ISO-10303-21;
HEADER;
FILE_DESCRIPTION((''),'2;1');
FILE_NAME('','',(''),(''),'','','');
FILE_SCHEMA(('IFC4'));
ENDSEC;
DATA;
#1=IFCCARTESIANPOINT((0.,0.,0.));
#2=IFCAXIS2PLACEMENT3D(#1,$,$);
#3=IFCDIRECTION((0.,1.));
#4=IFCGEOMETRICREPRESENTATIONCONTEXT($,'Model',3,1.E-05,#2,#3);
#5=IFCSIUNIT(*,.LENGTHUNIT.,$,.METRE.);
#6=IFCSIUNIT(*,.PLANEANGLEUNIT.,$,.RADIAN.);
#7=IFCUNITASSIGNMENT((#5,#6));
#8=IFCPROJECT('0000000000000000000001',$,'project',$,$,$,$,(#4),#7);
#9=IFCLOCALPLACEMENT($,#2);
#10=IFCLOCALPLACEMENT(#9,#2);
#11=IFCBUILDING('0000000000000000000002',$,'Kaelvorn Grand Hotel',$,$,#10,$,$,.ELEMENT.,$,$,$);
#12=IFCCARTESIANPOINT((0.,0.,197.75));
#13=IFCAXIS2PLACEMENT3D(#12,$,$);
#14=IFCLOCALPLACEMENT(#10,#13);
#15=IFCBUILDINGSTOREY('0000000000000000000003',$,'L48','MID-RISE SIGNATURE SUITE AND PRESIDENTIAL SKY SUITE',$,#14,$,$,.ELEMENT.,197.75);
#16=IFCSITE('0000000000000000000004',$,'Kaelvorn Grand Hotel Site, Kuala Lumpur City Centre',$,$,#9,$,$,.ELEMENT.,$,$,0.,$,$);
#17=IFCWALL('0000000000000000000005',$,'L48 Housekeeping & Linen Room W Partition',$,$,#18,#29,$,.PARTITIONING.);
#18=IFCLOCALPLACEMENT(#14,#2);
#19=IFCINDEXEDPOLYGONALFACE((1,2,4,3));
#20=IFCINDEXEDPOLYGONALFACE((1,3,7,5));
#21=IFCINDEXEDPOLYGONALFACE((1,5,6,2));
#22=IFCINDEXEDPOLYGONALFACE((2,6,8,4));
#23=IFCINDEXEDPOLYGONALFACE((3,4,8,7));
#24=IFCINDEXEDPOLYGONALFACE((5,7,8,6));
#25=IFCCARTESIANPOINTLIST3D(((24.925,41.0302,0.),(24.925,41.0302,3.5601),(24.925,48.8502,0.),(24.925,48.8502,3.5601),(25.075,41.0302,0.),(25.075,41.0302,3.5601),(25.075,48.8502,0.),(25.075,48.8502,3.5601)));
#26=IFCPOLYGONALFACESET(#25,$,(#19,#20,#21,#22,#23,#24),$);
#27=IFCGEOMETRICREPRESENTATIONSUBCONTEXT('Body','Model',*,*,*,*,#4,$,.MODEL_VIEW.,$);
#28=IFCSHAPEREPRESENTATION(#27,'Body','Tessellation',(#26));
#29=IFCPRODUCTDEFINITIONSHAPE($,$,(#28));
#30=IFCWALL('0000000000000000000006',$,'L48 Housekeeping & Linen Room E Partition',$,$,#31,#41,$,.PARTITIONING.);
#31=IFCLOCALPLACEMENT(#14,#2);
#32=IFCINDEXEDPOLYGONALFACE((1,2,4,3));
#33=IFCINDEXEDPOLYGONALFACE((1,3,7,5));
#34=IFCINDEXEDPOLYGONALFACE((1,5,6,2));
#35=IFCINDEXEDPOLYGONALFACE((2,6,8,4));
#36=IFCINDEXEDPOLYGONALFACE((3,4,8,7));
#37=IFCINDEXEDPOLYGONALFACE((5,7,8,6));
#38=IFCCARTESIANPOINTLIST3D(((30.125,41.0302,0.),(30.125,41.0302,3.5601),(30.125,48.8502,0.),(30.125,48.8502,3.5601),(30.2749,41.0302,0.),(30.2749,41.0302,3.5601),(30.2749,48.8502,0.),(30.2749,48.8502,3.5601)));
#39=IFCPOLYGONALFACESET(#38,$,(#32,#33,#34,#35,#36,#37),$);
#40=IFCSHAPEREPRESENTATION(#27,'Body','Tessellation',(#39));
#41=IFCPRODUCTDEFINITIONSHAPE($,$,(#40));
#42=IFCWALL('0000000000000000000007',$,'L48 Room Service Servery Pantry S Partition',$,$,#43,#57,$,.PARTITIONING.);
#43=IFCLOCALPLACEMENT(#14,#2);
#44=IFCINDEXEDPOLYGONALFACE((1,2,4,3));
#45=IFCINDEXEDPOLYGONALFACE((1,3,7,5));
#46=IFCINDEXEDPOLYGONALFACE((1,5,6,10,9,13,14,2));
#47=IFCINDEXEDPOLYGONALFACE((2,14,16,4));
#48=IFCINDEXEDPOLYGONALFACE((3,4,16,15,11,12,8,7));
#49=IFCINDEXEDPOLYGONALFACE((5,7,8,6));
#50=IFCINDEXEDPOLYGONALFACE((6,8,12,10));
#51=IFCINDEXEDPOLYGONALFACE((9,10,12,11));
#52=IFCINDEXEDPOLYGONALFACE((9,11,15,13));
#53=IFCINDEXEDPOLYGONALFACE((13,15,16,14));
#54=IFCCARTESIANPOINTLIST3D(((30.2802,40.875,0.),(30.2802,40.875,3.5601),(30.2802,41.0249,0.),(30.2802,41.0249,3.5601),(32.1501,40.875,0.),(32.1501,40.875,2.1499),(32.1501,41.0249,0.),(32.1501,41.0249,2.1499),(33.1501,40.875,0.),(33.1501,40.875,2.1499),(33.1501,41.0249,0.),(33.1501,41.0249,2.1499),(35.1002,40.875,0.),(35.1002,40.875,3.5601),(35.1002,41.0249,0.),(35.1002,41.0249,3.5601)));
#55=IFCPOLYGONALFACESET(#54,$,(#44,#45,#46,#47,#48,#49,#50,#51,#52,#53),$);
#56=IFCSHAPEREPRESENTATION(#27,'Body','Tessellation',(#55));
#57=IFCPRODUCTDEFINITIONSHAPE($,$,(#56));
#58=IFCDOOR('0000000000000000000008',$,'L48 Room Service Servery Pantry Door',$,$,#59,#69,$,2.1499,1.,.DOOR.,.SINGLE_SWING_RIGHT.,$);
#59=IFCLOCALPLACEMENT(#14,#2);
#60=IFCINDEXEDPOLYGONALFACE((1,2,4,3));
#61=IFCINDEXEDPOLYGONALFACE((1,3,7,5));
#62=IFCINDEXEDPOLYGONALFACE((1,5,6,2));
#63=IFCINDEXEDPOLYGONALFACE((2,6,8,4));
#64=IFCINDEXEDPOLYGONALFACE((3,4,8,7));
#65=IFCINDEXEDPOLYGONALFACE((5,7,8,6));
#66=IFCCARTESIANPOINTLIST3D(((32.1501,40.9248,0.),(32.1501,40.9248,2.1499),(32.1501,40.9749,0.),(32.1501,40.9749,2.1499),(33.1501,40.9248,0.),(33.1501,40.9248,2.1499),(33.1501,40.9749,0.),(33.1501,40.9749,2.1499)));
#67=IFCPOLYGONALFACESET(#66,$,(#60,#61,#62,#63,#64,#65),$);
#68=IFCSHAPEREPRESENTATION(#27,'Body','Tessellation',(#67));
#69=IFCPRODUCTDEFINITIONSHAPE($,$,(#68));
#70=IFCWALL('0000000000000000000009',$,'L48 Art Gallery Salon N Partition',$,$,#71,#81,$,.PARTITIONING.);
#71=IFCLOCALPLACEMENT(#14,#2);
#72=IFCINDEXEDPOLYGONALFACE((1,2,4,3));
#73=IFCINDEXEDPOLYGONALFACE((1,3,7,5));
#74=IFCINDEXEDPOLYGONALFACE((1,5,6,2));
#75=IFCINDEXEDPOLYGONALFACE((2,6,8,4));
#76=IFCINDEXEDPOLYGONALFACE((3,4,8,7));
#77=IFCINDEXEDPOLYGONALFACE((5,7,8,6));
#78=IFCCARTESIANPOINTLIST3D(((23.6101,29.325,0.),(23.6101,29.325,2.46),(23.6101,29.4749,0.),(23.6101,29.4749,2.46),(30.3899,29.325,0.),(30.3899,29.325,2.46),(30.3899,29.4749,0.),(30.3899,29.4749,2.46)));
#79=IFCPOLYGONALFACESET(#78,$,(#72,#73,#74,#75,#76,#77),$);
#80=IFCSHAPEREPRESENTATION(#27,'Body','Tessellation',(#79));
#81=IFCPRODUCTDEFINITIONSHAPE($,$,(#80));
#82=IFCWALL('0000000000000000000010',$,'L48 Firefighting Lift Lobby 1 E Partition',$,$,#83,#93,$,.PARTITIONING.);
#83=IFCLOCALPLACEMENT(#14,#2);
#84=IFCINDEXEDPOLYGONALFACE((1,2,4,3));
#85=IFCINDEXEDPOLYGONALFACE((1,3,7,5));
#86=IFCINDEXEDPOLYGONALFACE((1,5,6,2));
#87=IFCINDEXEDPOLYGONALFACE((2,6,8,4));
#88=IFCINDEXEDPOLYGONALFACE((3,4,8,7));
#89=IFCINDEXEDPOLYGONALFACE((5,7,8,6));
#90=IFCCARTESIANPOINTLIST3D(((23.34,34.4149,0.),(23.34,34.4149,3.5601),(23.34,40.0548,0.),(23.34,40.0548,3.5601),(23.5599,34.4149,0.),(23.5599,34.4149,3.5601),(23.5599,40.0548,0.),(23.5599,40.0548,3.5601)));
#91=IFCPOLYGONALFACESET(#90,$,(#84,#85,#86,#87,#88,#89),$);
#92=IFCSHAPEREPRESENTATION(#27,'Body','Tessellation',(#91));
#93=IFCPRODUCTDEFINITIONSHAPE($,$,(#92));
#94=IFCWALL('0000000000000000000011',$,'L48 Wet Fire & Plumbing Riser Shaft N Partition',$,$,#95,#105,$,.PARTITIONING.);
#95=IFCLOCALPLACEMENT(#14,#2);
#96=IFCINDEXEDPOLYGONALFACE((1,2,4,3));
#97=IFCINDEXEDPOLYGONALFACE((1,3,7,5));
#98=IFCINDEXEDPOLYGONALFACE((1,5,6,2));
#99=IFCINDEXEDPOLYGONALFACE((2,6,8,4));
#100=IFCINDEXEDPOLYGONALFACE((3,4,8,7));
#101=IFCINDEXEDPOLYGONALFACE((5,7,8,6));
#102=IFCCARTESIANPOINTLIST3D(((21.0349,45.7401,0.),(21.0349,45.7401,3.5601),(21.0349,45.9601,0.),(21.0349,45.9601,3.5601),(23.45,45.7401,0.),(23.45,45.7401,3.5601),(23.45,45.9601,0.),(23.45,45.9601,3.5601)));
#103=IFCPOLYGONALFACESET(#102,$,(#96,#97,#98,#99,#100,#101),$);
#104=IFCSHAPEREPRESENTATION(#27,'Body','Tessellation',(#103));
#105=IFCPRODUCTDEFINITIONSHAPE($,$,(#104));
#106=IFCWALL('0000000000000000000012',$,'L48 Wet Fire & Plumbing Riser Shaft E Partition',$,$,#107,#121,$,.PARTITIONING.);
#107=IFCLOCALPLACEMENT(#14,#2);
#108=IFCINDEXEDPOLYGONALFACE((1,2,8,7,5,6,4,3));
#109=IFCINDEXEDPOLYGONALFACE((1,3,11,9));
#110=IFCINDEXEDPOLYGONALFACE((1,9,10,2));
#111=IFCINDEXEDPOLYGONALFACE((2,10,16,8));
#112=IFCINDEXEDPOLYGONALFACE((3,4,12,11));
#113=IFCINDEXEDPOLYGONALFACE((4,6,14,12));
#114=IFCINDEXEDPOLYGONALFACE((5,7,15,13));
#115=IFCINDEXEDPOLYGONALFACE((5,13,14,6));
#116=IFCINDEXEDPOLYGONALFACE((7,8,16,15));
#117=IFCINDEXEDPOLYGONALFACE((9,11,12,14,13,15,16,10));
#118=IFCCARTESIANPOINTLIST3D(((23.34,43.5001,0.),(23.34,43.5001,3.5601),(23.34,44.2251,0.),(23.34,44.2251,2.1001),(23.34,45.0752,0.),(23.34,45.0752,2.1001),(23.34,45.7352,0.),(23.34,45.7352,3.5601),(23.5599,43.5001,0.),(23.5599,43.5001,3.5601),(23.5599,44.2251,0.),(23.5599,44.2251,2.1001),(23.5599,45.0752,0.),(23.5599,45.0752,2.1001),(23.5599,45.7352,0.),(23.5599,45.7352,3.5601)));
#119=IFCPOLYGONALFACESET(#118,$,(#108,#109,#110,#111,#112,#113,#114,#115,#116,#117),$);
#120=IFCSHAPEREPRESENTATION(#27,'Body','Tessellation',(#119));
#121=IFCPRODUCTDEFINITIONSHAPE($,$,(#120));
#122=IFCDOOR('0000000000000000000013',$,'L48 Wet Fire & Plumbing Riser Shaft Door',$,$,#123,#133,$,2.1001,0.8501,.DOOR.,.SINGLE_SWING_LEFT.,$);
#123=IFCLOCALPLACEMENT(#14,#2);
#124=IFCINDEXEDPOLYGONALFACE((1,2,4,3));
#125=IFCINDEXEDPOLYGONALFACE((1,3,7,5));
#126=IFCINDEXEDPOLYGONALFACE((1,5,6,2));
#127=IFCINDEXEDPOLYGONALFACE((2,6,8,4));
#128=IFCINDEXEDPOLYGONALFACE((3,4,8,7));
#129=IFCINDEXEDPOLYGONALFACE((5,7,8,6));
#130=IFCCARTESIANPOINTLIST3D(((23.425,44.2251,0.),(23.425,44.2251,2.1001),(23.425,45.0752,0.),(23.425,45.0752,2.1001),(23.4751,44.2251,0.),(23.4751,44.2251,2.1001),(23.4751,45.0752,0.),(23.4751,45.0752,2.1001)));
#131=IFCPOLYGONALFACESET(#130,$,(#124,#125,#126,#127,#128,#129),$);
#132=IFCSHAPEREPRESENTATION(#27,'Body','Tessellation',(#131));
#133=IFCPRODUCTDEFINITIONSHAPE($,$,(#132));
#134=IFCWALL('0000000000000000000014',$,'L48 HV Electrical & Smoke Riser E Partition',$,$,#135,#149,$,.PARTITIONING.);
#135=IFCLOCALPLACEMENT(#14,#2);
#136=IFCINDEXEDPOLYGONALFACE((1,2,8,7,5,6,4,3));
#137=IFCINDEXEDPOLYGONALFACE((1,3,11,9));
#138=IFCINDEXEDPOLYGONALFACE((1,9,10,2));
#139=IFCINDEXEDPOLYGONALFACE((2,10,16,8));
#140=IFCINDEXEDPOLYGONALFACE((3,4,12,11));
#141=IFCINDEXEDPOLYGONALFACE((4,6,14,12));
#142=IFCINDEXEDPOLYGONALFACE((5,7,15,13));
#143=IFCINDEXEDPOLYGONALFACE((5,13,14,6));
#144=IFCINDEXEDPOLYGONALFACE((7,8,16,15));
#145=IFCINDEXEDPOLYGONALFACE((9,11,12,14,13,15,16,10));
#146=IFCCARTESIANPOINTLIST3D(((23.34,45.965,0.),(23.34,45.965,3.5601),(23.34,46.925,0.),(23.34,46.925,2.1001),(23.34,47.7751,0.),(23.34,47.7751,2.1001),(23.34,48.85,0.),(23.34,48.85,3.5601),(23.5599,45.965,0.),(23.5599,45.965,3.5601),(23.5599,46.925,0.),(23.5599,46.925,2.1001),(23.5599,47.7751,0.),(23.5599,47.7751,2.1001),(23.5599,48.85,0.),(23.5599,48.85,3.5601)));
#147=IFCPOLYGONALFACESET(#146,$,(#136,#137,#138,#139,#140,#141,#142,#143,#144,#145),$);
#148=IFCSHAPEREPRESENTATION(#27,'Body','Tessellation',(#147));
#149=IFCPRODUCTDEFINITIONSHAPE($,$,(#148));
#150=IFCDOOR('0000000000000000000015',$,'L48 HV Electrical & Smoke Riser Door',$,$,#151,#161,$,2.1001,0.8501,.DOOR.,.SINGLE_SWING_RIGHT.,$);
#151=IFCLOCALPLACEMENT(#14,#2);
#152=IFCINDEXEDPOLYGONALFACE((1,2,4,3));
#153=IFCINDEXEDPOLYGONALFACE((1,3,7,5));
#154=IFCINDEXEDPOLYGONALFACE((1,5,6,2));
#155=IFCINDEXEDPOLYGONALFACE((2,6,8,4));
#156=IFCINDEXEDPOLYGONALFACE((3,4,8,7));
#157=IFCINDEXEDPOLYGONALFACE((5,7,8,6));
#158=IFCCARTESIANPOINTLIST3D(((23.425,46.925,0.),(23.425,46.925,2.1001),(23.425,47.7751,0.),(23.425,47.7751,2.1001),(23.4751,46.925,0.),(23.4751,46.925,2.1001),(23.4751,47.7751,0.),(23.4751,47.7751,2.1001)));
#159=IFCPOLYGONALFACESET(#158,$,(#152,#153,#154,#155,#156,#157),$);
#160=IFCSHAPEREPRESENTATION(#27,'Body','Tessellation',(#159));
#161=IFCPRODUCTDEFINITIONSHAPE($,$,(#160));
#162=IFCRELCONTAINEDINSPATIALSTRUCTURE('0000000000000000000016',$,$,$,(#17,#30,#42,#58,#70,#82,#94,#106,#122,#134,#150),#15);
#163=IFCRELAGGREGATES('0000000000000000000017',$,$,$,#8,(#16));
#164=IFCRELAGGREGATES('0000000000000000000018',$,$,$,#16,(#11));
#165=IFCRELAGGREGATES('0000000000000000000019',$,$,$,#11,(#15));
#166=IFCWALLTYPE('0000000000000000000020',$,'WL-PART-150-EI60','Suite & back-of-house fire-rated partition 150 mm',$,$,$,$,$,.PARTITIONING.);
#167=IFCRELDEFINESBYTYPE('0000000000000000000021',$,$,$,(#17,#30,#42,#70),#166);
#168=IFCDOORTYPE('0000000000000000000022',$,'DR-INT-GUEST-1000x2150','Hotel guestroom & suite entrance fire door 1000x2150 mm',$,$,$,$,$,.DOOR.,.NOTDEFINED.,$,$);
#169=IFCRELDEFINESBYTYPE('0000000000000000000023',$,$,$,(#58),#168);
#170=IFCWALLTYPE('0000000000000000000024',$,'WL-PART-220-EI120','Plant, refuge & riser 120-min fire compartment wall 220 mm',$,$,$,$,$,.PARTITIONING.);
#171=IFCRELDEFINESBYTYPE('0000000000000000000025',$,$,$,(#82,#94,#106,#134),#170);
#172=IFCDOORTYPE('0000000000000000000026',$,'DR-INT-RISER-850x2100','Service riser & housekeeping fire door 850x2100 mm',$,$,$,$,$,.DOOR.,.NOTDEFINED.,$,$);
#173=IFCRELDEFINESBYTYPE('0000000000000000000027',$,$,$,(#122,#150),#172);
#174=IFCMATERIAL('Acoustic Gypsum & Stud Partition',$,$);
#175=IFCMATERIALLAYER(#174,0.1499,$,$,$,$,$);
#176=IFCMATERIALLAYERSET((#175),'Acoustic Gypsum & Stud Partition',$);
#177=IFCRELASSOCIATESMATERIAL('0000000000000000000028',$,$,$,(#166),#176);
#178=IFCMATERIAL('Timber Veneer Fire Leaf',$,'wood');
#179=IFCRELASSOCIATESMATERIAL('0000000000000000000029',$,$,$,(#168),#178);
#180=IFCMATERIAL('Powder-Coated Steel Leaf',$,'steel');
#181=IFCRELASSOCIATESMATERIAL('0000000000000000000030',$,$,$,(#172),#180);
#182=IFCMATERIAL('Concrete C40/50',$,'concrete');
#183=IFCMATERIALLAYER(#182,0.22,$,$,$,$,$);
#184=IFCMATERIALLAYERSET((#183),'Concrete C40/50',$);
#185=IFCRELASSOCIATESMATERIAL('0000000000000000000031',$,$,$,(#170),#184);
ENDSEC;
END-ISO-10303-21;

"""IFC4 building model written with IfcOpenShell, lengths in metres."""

from ifc_helpers import new_model, si_unit, direction, frame, frame_2d, origin, place, context, subcontext, project, spatial, rectangle, extrude, material, layer, layer_set, type_object, element, fill, save


model = new_model("IFC4")

# Units and contexts
model_context = context("Model", 3, precision=1e-05, world=origin(), true_north=direction((0.0, 1.0)))
body_context = subcontext(model_context, "Body", "Model", "MODEL_VIEW")
ifc_project = project(units=[si_unit("LENGTHUNIT", "METRE"), si_unit("PLANEANGLEUNIT", "RADIAN")], contexts=[model_context])

# Site, building, storey
site_placement = place(None, origin())
site = spatial("IfcSite", under=ifc_project, at=site_placement, Name="Kaelvorn Grand Hotel Site, Kuala Lumpur City Centre", CompositionType="ELEMENT", RefElevation=0.0)
building_placement = place(site_placement, origin())
building = spatial("IfcBuilding", under=site, at=building_placement, Name="Kaelvorn Grand Hotel", CompositionType="ELEMENT")
storey_placement = place(building_placement, frame((0.0, 0.0, 197.75)))
storey = spatial("IfcBuildingStorey", under=building, at=storey_placement, Name="L48", Description="MID-RISE SIGNATURE SUITE AND PRESIDENTIAL SKY SUITE", CompositionType="ELEMENT", Elevation=197.75)

# Shared definitions
ifc_material_1 = material(Name="Acoustic Gypsum & Stud Partition")
ifc_layer_1 = layer(ifc_material_1, 0.1499)
ifc_layer_set_1 = layer_set([ifc_layer_1], Name="Acoustic Gypsum & Stud Partition")
wall_type_1 = type_object("IfcWallType", Name="WL-PART-150-EI60", Description="Suite & back-of-house fire-rated partition 150 mm", PredefinedType="PARTITIONING", material=ifc_layer_set_1)
ifc_material_2 = material(Name="Timber Veneer Fire Leaf", Category="wood")
door_type_1 = type_object("IfcDoorType", Name="DR-INT-GUEST-1000x2150", Description="Hotel guestroom & suite entrance fire door 1000x2150 mm", OperationType="NOTDEFINED", PredefinedType="DOOR", material=ifc_material_2)

# Shared definitions
ifc_material_3 = material(Name="Powder-Coated Steel Leaf", Category="steel")
door_type_2 = type_object("IfcDoorType", Name="DR-INT-RISER-850x2100", Description="Service riser & housekeeping fire door 850x2100 mm", OperationType="NOTDEFINED", PredefinedType="DOOR", material=ifc_material_3)

# Walls
for number, where, z_axis, x_axis, name in (
    (1, (25.0, 41.03, 0.0), (0.0, 0.0, 1.0), (0.0, 1.0, 0.0), "L48 Housekeeping & Linen Room W Partition"),
    (2, (30.2, 41.03, 0.0), (0.0, 0.0, 1.0), (0.0, 1.0, 0.0), "L48 Housekeeping & Linen Room E Partition"),
):
    element("IfcWall", number, at=place(storey_placement, frame(where, z_axis=z_axis, x_axis=x_axis)), inside=storey, type_object=wall_type_1, Name=name, PredefinedType="PARTITIONING", context=body_context, shape_type="SweptSolid", body=[
        extrude(rectangle(XDim=7.8201, YDim=0.1499, at=frame_2d((3.9102, 0.0))), origin(), (0.0, 0.0, 1.0), 3.5601),
    ])

# Wall, opening, door
wall_1_placement = place(storey_placement, frame((30.28, 40.95, 0.0), z_axis=(0.0, 0.0, 1.0), x_axis=(1.0, 0.0, 0.0)))
wall_1 = element("IfcWall", 3, at=wall_1_placement, inside=storey, type_object=wall_type_1, Name="L48 Room Service Servery Pantry S Partition", PredefinedType="PARTITIONING", context=body_context, shape_type="SweptSolid", body=[
    extrude(rectangle(XDim=4.8201, YDim=0.1499, at=frame_2d((2.4102, 0.0))), origin(), (0.0, 0.0, 1.0), 3.5601),
])
opening_1_placement = place(wall_1_placement, frame((1.8701, 0.0, 0.0)))
opening_1 = element("IfcOpeningElement", 4, at=opening_1_placement, cuts=wall_1, PredefinedType="OPENING", context=body_context, shape_type="SweptSolid", body=[
    extrude(rectangle(XDim=1.0, YDim=2.1499, at=frame_2d((0.5, 1.075))), frame((0.0, 0.085, 0.0), z_axis=(0.0, -1.0, 0.0), x_axis=(1.0, 0.0, 0.0)), (0.0, 0.0, 1.0), 0.1699),
])
door_1_placement = place(opening_1_placement, origin())
door_1 = element("IfcDoor", 5, at=door_1_placement, inside=storey, type_object=door_type_1, Name="L48 Room Service Servery Pantry Door", OperationType="SINGLE_SWING_RIGHT", OverallHeight=2.1499, OverallWidth=1.0, PredefinedType="DOOR", context=body_context, shape_type="SweptSolid", body=[
    extrude(rectangle(XDim=1.0, YDim=2.1499, at=frame_2d((0.5, 1.075))), frame((0.0, 0.0249, 0.0), z_axis=(0.0, -1.0, 0.0), x_axis=(1.0, 0.0, 0.0)), (0.0, 0.0, 1.0), 0.05),
])
fill(opening_1, door_1)

# Walls
wall_2_placement = place(storey_placement, frame((23.6101, 29.3999, 0.0), z_axis=(0.0, 0.0, 1.0), x_axis=(1.0, 0.0, 0.0)))
element("IfcWall", 6, at=wall_2_placement, inside=storey, type_object=wall_type_1, Name="L48 Art Gallery Salon N Partition", PredefinedType="PARTITIONING", context=body_context, shape_type="SweptSolid", body=[
    extrude(rectangle(XDim=6.7798, YDim=0.1499, at=frame_2d((3.3899, 0.0))), origin(), (0.0, 0.0, 1.0), 2.46),
])
ifc_material_4 = material(Name="Concrete C40/50", Category="concrete")
ifc_layer_2 = layer(ifc_material_4, 0.22)
ifc_layer_set_2 = layer_set([ifc_layer_2], Name="Concrete C40/50")
wall_type_2 = type_object("IfcWallType", Name="WL-PART-220-EI120", Description="Plant, refuge & riser 120-min fire compartment wall 220 mm", PredefinedType="PARTITIONING", material=ifc_layer_set_2)
wall_3_placement = place(storey_placement, frame((23.45, 34.415, 0.0), z_axis=(0.0, 0.0, 1.0), x_axis=(0.0, 1.0, 0.0)))
element("IfcWall", 7, at=wall_3_placement, inside=storey, type_object=wall_type_2, Name="L48 Firefighting Lift Lobby 1 E Partition", PredefinedType="PARTITIONING", context=body_context, shape_type="SweptSolid", body=[
    extrude(rectangle(XDim=5.6399, YDim=0.22, at=frame_2d((2.8198, 0.0))), origin(), (0.0, 0.0, 1.0), 3.5601),
])
wall_4_placement = place(storey_placement, frame((21.0349, 45.8501, 0.0), z_axis=(0.0, 0.0, 1.0), x_axis=(1.0, 0.0, 0.0)))
element("IfcWall", 8, at=wall_4_placement, inside=storey, type_object=wall_type_2, Name="L48 Wet Fire & Plumbing Riser Shaft N Partition", PredefinedType="PARTITIONING", context=body_context, shape_type="SweptSolid", body=[
    extrude(rectangle(XDim=2.415, YDim=0.22, at=frame_2d((1.2075, 0.0))), origin(), (0.0, 0.0, 1.0), 3.5601),
])

# Walls, openings, doors
wall_5_placement = place(storey_placement, frame((23.45, 43.5, 0.0), z_axis=(0.0, 0.0, 1.0), x_axis=(0.0, 1.0, 0.0)))
wall_5 = element("IfcWall", 9, at=wall_5_placement, inside=storey, type_object=wall_type_2, Name="L48 Wet Fire & Plumbing Riser Shaft E Partition", PredefinedType="PARTITIONING", context=body_context, shape_type="SweptSolid", body=[
    extrude(rectangle(XDim=2.2351, YDim=0.22, at=frame_2d((1.1177, 0.0))), origin(), (0.0, 0.0, 1.0), 3.5601),
])
opening_2_placement = place(wall_5_placement, frame((0.7251, 0.0, 0.0)))
opening_2 = element("IfcOpeningElement", 10, at=opening_2_placement, cuts=wall_5, PredefinedType="OPENING", context=body_context, shape_type="SweptSolid", body=[
    extrude(rectangle(XDim=0.8501, YDim=2.1001, at=frame_2d((0.425, 1.05))), frame((0.0, 0.1201, 0.0), z_axis=(0.0, -1.0, 0.0), x_axis=(1.0, 0.0, 0.0)), (0.0, 0.0, 1.0), 0.24),
])
door_2_placement = place(opening_2_placement, origin())
door_2 = element("IfcDoor", 11, at=door_2_placement, inside=storey, type_object=door_type_2, Name="L48 Wet Fire & Plumbing Riser Shaft Door", OperationType="SINGLE_SWING_LEFT", OverallHeight=2.1001, OverallWidth=0.8501, PredefinedType="DOOR", context=body_context, shape_type="SweptSolid", body=[
    extrude(rectangle(XDim=0.8501, YDim=2.1001, at=frame_2d((0.425, 1.05))), frame((0.0, 0.0249, 0.0), z_axis=(0.0, -1.0, 0.0), x_axis=(1.0, 0.0, 0.0)), (0.0, 0.0, 1.0), 0.05),
])
fill(opening_2, door_2)
wall_6_placement = place(storey_placement, frame((23.45, 45.9651, 0.0), z_axis=(0.0, 0.0, 1.0), x_axis=(0.0, 1.0, 0.0)))
wall_6 = element("IfcWall", 12, at=wall_6_placement, inside=storey, type_object=wall_type_2, Name="L48 HV Electrical & Smoke Riser E Partition", PredefinedType="PARTITIONING", context=body_context, shape_type="SweptSolid", body=[
    extrude(rectangle(XDim=2.885, YDim=0.22, at=frame_2d((1.4424, 0.0))), origin(), (0.0, 0.0, 1.0), 3.5601),
])
opening_3_placement = place(wall_6_placement, frame((0.96, 0.0, 0.0)))
opening_3 = element("IfcOpeningElement", 13, at=opening_3_placement, cuts=wall_6, PredefinedType="OPENING", context=body_context, shape_type="SweptSolid", body=[
    extrude(rectangle(XDim=0.8501, YDim=2.1001, at=frame_2d((0.425, 1.05))), frame((0.0, 0.1201, 0.0), z_axis=(0.0, -1.0, 0.0), x_axis=(1.0, 0.0, 0.0)), (0.0, 0.0, 1.0), 0.24),
])
door_3_placement = place(opening_3_placement, origin())
door_3 = element("IfcDoor", 14, at=door_3_placement, inside=storey, type_object=door_type_2, Name="L48 HV Electrical & Smoke Riser Door", OperationType="SINGLE_SWING_RIGHT", OverallHeight=2.1001, OverallWidth=0.8501, PredefinedType="DOOR", context=body_context, shape_type="SweptSolid", body=[
    extrude(rectangle(XDim=0.8501, YDim=2.1001, at=frame_2d((0.425, 1.05))), frame((0.0, 0.0249, 0.0), z_axis=(0.0, -1.0, 0.0), x_axis=(1.0, 0.0, 0.0)), (0.0, 0.0, 1.0), 0.05),
])
fill(opening_3, door_3)

save(model, "model.ifc")
